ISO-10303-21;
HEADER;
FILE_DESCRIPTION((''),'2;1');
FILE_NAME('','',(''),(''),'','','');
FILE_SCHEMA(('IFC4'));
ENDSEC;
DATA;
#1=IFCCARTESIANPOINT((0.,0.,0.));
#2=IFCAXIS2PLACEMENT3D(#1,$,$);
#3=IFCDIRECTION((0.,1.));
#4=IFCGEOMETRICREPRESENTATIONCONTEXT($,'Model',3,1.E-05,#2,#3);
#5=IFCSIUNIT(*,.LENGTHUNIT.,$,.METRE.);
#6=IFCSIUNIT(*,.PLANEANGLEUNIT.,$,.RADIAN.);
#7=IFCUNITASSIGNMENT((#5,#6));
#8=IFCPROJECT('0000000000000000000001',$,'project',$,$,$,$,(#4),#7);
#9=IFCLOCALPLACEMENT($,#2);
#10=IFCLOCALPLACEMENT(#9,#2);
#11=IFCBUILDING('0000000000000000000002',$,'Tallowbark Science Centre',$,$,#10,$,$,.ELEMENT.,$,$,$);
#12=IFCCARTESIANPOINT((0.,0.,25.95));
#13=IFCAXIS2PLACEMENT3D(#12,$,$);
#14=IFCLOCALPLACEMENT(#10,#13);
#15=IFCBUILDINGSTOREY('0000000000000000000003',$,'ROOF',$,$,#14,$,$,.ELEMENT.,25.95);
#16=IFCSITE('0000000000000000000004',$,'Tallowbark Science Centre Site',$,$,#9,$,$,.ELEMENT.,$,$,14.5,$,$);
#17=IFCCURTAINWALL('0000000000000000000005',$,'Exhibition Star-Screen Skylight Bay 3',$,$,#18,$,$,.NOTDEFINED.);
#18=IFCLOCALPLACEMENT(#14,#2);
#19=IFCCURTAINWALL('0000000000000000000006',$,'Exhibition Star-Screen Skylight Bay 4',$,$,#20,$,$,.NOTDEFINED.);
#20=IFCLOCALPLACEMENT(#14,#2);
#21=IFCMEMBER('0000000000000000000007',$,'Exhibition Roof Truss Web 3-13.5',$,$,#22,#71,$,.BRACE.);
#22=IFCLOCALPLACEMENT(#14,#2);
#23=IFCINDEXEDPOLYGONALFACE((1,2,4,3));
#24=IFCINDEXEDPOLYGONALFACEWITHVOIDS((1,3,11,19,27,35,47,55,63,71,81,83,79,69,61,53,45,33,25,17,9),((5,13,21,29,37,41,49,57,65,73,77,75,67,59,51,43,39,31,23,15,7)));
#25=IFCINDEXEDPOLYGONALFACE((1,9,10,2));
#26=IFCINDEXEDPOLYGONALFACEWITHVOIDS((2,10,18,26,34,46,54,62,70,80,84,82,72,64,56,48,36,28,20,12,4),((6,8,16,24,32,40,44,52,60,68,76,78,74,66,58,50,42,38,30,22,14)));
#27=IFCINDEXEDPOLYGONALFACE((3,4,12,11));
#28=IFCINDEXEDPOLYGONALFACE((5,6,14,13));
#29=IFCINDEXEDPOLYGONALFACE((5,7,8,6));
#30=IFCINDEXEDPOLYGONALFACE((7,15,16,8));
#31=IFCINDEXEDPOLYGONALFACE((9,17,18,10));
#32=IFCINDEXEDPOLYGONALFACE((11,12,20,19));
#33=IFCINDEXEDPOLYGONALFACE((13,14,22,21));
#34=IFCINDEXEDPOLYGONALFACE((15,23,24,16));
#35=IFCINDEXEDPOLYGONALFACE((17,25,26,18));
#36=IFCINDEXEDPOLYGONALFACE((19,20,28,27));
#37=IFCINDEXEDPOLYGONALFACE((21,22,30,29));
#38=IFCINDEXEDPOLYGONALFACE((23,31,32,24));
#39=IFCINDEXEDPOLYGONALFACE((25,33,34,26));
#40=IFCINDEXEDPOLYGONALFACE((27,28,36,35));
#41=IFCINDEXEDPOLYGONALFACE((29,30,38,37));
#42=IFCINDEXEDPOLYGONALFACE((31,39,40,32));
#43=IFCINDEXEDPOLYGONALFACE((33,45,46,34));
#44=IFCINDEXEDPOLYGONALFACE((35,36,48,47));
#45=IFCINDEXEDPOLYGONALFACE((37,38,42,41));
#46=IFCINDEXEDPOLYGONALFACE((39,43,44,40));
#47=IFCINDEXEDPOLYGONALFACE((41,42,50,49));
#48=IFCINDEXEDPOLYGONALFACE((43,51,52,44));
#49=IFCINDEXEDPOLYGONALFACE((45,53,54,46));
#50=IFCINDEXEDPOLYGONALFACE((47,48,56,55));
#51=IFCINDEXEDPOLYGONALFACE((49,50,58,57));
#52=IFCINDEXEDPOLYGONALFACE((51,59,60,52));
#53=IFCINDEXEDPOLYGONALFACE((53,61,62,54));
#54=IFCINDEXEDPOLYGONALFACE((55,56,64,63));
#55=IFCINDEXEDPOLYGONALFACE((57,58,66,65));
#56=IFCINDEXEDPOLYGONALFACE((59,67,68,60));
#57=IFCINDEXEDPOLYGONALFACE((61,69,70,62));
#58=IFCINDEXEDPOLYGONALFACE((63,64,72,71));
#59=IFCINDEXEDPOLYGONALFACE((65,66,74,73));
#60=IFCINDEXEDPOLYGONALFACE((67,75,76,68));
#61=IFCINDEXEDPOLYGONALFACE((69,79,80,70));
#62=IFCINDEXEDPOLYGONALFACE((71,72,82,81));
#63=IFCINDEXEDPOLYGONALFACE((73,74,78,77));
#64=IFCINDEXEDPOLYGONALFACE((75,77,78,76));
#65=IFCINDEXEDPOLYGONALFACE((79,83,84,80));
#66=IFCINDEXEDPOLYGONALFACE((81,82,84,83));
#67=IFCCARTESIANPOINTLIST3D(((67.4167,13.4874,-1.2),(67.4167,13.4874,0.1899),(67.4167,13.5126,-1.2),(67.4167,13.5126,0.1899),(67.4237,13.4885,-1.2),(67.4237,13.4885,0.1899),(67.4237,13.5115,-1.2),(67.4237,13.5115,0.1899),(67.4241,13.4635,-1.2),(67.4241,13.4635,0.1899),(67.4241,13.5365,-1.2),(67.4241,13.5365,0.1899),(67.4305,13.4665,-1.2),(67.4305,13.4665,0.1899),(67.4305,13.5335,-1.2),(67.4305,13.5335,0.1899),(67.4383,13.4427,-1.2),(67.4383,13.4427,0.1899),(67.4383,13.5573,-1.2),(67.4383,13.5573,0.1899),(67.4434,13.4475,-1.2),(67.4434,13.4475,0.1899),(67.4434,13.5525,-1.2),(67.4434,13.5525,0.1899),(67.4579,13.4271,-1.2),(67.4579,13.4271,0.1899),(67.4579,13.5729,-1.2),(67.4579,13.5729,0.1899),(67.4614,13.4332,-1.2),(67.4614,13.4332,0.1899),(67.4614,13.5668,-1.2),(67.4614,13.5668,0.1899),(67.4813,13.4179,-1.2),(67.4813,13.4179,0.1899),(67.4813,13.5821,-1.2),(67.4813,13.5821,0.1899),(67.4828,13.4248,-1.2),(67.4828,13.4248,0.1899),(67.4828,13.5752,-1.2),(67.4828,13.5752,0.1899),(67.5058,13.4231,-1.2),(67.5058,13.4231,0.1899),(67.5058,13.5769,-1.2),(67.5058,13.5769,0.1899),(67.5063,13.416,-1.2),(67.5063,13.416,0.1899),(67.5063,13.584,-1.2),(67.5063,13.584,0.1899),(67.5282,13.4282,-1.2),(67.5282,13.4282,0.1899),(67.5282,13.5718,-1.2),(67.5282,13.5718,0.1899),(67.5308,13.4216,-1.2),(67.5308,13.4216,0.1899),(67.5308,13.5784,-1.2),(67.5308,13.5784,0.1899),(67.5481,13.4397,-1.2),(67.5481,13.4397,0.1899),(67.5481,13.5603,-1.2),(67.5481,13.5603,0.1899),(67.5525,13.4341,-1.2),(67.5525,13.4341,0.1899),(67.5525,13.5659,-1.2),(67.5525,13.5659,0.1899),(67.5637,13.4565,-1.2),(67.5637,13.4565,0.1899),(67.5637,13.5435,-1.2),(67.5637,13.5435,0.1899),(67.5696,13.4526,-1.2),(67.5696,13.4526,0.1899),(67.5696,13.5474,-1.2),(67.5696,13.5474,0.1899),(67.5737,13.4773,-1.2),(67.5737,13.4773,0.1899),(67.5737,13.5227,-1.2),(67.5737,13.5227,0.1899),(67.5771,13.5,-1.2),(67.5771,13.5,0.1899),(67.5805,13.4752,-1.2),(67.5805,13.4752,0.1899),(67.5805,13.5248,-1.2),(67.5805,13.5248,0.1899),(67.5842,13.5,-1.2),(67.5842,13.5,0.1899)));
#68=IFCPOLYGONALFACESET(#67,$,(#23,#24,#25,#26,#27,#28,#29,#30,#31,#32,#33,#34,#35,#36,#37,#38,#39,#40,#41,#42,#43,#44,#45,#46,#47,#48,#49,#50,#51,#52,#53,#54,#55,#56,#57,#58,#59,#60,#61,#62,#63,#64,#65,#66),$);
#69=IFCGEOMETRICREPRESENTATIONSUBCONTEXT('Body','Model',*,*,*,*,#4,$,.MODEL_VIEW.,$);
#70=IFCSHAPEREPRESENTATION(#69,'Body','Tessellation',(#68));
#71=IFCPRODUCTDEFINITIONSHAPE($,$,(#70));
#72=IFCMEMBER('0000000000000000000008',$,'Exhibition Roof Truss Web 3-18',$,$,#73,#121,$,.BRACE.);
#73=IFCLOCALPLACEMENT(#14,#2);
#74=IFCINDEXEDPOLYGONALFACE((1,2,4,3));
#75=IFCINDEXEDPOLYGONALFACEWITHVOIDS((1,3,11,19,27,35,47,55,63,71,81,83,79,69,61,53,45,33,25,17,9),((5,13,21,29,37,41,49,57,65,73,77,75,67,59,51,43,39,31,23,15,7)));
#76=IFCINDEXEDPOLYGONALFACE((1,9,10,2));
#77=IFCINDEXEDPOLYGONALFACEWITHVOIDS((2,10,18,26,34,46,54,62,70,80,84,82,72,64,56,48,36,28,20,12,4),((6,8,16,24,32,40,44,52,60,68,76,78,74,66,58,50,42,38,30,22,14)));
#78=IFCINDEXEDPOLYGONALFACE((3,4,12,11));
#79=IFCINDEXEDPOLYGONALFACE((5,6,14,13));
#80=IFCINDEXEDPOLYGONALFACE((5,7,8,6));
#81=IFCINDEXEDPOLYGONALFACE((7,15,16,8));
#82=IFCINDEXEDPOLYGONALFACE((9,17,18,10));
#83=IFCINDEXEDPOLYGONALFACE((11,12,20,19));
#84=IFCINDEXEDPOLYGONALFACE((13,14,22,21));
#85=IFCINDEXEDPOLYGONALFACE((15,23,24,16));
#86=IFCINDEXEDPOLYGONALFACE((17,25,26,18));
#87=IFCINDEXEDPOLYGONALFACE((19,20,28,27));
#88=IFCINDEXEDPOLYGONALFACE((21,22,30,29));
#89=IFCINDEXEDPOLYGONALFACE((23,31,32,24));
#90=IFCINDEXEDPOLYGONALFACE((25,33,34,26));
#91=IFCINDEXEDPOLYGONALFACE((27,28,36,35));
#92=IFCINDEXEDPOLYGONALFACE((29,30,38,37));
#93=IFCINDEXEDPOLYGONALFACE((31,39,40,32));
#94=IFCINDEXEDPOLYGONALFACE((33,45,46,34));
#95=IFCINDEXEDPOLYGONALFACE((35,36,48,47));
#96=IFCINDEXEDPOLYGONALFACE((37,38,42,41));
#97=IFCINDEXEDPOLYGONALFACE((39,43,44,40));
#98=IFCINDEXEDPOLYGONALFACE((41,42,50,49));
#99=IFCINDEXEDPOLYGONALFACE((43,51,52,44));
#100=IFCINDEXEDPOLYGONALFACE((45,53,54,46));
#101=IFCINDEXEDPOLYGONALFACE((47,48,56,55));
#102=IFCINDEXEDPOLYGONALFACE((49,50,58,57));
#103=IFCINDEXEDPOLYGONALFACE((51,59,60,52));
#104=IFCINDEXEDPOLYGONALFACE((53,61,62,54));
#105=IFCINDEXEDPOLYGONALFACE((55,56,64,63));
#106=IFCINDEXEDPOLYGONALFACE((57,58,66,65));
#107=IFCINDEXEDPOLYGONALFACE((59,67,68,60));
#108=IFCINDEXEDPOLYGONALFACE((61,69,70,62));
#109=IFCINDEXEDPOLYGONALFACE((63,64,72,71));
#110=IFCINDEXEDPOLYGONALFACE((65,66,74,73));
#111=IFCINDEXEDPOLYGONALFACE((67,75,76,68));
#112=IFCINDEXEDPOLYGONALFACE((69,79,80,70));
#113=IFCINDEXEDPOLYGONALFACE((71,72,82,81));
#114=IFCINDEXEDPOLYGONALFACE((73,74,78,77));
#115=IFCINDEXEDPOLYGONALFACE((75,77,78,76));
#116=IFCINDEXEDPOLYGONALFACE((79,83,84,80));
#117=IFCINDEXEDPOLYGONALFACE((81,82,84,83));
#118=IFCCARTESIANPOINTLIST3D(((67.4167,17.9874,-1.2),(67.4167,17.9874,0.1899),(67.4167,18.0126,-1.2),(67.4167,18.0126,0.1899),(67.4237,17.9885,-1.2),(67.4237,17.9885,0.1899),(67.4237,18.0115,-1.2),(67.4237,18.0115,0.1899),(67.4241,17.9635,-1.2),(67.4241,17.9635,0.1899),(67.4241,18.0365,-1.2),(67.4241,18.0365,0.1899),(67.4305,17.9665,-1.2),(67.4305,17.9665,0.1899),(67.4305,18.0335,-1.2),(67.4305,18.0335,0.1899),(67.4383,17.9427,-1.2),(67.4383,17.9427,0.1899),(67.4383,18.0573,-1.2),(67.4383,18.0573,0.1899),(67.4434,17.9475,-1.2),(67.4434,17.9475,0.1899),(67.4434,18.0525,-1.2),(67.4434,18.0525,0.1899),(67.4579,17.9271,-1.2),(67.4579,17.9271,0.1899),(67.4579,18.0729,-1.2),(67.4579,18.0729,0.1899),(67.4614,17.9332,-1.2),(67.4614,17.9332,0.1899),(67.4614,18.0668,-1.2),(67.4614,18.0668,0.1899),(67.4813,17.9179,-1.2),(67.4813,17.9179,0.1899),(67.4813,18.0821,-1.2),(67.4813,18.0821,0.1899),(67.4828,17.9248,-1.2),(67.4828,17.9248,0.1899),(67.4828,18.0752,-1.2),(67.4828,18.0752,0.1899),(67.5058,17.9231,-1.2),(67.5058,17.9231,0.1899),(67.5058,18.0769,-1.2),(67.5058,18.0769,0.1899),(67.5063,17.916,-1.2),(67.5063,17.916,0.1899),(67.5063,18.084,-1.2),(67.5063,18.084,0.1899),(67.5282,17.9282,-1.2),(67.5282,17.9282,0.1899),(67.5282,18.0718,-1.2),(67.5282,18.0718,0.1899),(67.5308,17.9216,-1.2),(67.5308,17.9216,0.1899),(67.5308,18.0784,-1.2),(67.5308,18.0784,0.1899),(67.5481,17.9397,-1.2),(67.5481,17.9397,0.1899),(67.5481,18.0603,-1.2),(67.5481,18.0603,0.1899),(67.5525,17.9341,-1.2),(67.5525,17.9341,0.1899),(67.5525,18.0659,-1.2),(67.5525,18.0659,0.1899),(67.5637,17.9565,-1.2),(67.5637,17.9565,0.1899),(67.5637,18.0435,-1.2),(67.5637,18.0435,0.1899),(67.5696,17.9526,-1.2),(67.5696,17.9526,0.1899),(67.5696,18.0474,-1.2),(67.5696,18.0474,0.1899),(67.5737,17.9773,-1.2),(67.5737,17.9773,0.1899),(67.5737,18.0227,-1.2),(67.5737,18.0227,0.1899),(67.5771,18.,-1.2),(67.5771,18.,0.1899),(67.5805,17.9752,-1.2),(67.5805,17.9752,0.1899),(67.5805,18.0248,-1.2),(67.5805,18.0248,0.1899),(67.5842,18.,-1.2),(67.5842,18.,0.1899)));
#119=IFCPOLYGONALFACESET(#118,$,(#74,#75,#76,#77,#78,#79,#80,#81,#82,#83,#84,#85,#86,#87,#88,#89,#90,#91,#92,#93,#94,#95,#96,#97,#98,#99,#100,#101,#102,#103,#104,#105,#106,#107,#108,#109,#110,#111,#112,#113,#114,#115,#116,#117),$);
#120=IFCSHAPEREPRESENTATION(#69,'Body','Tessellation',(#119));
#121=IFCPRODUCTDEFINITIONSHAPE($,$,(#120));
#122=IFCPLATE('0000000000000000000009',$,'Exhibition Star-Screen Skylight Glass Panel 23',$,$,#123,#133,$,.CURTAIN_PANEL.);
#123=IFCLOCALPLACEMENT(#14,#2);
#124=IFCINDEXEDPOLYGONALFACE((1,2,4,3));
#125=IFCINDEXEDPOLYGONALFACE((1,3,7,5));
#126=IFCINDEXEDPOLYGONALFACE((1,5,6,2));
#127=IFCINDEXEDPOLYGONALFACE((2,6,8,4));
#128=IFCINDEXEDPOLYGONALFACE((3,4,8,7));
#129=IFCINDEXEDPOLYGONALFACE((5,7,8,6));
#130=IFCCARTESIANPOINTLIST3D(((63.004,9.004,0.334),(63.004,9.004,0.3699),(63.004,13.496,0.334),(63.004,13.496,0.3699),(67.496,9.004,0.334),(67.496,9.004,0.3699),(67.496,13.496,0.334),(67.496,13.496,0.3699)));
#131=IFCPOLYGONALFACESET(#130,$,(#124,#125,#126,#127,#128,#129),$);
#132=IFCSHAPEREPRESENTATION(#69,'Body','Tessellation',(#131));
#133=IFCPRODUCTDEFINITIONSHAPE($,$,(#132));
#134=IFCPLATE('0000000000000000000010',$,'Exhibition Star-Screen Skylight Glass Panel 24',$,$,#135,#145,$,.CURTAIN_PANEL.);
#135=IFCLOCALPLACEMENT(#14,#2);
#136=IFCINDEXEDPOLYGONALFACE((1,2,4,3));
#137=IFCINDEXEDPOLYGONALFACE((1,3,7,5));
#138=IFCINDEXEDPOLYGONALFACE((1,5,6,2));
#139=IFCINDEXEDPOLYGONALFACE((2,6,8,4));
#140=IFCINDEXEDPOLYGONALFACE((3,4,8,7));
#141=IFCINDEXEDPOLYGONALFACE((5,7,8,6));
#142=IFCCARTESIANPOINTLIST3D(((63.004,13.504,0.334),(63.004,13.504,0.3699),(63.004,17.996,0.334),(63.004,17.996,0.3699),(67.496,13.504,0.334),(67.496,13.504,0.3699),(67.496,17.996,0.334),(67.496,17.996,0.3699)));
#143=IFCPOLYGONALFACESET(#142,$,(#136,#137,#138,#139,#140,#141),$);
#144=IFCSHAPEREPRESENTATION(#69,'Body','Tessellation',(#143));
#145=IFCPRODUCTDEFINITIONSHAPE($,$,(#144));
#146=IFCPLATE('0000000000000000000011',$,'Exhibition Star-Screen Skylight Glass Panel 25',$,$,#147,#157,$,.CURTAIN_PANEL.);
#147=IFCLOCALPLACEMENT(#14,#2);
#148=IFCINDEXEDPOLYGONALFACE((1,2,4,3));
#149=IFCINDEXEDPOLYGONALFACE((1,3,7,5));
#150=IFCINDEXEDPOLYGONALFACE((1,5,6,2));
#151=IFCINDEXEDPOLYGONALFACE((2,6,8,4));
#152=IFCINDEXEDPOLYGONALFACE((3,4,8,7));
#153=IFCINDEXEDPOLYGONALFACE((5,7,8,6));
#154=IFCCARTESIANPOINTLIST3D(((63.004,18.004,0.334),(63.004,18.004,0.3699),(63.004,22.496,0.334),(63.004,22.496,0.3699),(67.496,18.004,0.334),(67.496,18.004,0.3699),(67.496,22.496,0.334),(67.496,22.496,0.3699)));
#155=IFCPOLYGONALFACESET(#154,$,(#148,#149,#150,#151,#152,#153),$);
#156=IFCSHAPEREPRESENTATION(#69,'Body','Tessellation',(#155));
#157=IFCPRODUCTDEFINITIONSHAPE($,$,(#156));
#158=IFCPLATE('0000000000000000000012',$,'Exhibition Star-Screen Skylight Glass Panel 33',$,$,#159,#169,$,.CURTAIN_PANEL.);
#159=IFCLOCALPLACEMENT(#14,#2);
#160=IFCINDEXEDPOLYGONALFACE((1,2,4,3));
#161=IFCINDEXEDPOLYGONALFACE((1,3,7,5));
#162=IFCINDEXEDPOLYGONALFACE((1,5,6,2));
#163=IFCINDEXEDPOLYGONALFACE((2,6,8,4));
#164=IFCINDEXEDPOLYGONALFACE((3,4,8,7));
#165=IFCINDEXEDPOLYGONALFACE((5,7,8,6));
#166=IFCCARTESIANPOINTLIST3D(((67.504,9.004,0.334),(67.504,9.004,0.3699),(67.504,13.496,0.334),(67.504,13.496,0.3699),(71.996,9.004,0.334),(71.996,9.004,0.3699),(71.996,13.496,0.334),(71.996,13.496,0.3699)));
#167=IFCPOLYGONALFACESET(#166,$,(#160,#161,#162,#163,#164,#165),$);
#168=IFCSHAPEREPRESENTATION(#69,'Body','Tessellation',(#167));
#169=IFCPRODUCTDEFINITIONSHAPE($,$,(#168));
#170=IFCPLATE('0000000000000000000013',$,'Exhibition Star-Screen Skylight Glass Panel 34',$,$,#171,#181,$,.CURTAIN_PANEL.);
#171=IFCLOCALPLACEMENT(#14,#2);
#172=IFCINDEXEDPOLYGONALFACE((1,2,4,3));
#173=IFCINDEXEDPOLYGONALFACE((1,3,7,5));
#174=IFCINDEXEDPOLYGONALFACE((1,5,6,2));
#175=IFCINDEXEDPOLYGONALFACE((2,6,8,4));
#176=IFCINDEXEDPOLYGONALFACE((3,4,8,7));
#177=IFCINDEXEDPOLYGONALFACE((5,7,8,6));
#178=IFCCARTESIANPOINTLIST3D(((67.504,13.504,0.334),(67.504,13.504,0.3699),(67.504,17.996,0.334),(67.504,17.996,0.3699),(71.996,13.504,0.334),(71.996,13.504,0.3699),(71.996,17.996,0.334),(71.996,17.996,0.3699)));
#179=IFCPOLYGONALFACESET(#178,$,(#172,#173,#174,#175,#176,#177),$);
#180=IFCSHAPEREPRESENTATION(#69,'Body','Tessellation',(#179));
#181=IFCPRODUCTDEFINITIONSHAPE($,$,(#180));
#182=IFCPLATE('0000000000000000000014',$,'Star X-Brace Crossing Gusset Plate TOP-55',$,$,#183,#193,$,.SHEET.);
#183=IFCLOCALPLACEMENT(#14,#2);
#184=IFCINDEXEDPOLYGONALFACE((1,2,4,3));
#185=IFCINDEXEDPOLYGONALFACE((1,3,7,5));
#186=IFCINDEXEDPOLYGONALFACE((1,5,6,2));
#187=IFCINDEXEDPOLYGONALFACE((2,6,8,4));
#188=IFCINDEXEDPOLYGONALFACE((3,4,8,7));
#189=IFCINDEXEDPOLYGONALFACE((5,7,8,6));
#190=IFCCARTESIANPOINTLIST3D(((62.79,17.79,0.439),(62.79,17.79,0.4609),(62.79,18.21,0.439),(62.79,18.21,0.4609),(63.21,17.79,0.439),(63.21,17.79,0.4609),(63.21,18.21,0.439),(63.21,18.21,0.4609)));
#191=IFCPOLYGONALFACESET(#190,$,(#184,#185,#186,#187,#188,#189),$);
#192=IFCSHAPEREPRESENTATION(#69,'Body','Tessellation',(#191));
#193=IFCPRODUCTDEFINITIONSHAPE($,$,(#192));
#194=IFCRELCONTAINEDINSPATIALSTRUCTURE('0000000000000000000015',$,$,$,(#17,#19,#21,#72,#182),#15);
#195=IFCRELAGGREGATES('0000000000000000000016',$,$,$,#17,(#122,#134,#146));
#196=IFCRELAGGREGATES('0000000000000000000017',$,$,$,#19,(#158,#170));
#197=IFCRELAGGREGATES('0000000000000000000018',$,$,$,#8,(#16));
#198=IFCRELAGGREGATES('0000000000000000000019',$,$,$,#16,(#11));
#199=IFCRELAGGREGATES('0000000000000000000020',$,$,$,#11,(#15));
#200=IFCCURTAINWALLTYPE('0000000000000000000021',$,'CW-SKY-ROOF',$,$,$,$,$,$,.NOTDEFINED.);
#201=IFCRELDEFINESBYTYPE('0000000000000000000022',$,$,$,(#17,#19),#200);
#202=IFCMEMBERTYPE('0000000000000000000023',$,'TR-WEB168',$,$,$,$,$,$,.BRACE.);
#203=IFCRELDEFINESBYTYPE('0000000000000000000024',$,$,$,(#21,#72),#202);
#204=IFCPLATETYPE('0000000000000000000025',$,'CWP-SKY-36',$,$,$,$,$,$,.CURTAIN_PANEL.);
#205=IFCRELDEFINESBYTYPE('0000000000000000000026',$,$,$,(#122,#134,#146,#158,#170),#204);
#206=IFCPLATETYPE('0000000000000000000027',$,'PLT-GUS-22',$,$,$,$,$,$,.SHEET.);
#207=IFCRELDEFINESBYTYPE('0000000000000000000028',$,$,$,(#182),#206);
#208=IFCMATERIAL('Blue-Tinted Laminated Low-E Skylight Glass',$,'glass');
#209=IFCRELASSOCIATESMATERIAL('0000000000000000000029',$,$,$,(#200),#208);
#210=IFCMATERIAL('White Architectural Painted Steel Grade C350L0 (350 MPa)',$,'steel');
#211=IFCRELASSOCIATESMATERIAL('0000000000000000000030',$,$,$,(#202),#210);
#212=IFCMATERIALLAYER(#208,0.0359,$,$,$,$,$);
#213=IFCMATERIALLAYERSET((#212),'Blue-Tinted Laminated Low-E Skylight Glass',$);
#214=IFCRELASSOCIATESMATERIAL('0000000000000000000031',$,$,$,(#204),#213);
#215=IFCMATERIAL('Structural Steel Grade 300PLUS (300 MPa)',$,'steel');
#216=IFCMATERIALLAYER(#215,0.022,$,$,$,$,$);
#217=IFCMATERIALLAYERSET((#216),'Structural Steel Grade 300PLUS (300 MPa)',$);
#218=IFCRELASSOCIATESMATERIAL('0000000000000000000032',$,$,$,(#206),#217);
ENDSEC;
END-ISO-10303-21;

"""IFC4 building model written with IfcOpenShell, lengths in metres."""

from ifc_helpers import new_model, si_unit, direction, frame, origin, origin_2d, place, context, subcontext, project, spatial, rectangle, hollow_circle, extrude, material, layer, layer_set, material_profile, profile_set, type_object, element, aggregate, save


model = new_model("IFC4")

# Units and contexts
model_context = context("Model", 3, precision=1e-05, world=origin(), true_north=direction((0.0, 1.0)))
body_context = subcontext(model_context, "Body", "Model", "MODEL_VIEW")
ifc_project = project(units=[si_unit("LENGTHUNIT", "METRE"), si_unit("PLANEANGLEUNIT", "RADIAN")], contexts=[model_context])

# Site, building, storey
site_placement = place(None, origin())
site = spatial("IfcSite", under=ifc_project, at=site_placement, Name="Tallowbark Science Centre Site", CompositionType="ELEMENT", RefElevation=14.5)
building_placement = place(site_placement, origin())
building = spatial("IfcBuilding", under=site, at=building_placement, Name="Tallowbark Science Centre", CompositionType="ELEMENT")
storey_placement = place(building_placement, frame((0.0, 0.0, 25.95)))
storey = spatial("IfcBuildingStorey", under=building, at=storey_placement, Name="ROOF", CompositionType="ELEMENT", Elevation=25.95)

# Curtain walls
ifc_material_1 = material(Name="Blue-Tinted Laminated Low-E Skylight Glass", Category="glass")
curtain_wall_type = type_object("IfcCurtainWallType", Name="CW-SKY-ROOF", PredefinedType="NOTDEFINED", material=ifc_material_1)
curtain_wall_1_placement = place(storey_placement, origin())
curtain_wall_1 = element("IfcCurtainWall", 1, at=curtain_wall_1_placement, inside=storey, type_object=curtain_wall_type, Name="Exhibition Star-Screen Skylight Bay 3", PredefinedType="NOTDEFINED")
curtain_wall_2_placement = place(storey_placement, origin())
curtain_wall_2 = element("IfcCurtainWall", 2, at=curtain_wall_2_placement, inside=storey, type_object=curtain_wall_type, Name="Exhibition Star-Screen Skylight Bay 4", PredefinedType="NOTDEFINED")

# Members
ifc_material_2 = material(Name="White Architectural Painted Steel Grade C350L0 (350 MPa)", Category="steel")
ifc_material_profile_1 = material_profile(ifc_material_2, hollow_circle(Radius=0.0842, WallThickness=0.0071, at=origin_2d()), Name="168.3x7.1CHS")
ifc_profile_set_1 = profile_set([ifc_material_profile_1], Name="White Architectural Painted Steel Grade C350L0 (350 MPa)")
member_type_1 = type_object("IfcMemberType", Name="TR-WEB168", PredefinedType="BRACE", material=ifc_profile_set_1)
for number, where, z_axis, x_axis, name in (
    (3, (67.5, 13.5, -1.2), (0.0, 0.0, 1.0), (1.0, 0.0, 0.0), "Exhibition Roof Truss Web 3-13.5"),
    (4, (67.5, 18.0, -1.2), (0.0, 0.0, 1.0), (1.0, 0.0, 0.0), "Exhibition Roof Truss Web 3-18"),
):
    element("IfcMember", number, at=place(storey_placement, frame(where, z_axis=z_axis, x_axis=x_axis)), inside=storey, type_object=member_type_1, Name=name, PredefinedType="BRACE", context=body_context, shape_type="SweptSolid", body=[
        extrude(hollow_circle(Radius=0.0842, WallThickness=0.0071, at=origin_2d()), origin(), (0.0, 0.0, 1.0), 1.3899),
    ])

# Plates
ifc_layer_1 = layer(ifc_material_1, 0.0359)
ifc_layer_set_1 = layer_set([ifc_layer_1], Name="Blue-Tinted Laminated Low-E Skylight Glass")
plate_type_1 = type_object("IfcPlateType", Name="CWP-SKY-36", PredefinedType="CURTAIN_PANEL", material=ifc_layer_set_1)
plate_1_placement = place(storey_placement, frame((65.25, 11.25, 0.334), z_axis=(0.0, 0.0, 1.0), x_axis=(1.0, 0.0, 0.0)))
plate_1 = element("IfcPlate", 5, at=plate_1_placement, type_object=plate_type_1, Name="Exhibition Star-Screen Skylight Glass Panel 23", PredefinedType="CURTAIN_PANEL", context=body_context, shape_type="SweptSolid", body=[
    extrude(rectangle(XDim=4.4919, YDim=4.4919, at=origin_2d()), origin(), (0.0, 0.0, 1.0), 0.0359),
])
plate_2_placement = place(storey_placement, frame((65.25, 15.75, 0.334), z_axis=(0.0, 0.0, 1.0), x_axis=(1.0, 0.0, 0.0)))
plate_2 = element("IfcPlate", 6, at=plate_2_placement, type_object=plate_type_1, Name="Exhibition Star-Screen Skylight Glass Panel 24", PredefinedType="CURTAIN_PANEL", context=body_context, shape_type="SweptSolid", body=[
    extrude(rectangle(XDim=4.4919, YDim=4.4919, at=origin_2d()), origin(), (0.0, 0.0, 1.0), 0.0359),
])
plate_3_placement = place(storey_placement, frame((65.25, 20.25, 0.334), z_axis=(0.0, 0.0, 1.0), x_axis=(1.0, 0.0, 0.0)))
plate_3 = element("IfcPlate", 7, at=plate_3_placement, type_object=plate_type_1, Name="Exhibition Star-Screen Skylight Glass Panel 25", PredefinedType="CURTAIN_PANEL", context=body_context, shape_type="SweptSolid", body=[
    extrude(rectangle(XDim=4.4919, YDim=4.4919, at=origin_2d()), origin(), (0.0, 0.0, 1.0), 0.0359),
])
aggregate(curtain_wall_1, [plate_1, plate_2, plate_3])
plate_4_placement = place(storey_placement, frame((69.75, 11.25, 0.334), z_axis=(0.0, 0.0, 1.0), x_axis=(1.0, 0.0, 0.0)))
plate_4 = element("IfcPlate", 8, at=plate_4_placement, type_object=plate_type_1, Name="Exhibition Star-Screen Skylight Glass Panel 33", PredefinedType="CURTAIN_PANEL", context=body_context, shape_type="SweptSolid", body=[
    extrude(rectangle(XDim=4.4919, YDim=4.4919, at=origin_2d()), origin(), (0.0, 0.0, 1.0), 0.0359),
])
plate_5_placement = place(storey_placement, frame((69.75, 15.75, 0.334), z_axis=(0.0, 0.0, 1.0), x_axis=(1.0, 0.0, 0.0)))
plate_5 = element("IfcPlate", 9, at=plate_5_placement, type_object=plate_type_1, Name="Exhibition Star-Screen Skylight Glass Panel 34", PredefinedType="CURTAIN_PANEL", context=body_context, shape_type="SweptSolid", body=[
    extrude(rectangle(XDim=4.4919, YDim=4.4919, at=origin_2d()), origin(), (0.0, 0.0, 1.0), 0.0359),
])
aggregate(curtain_wall_2, [plate_4, plate_5])

# Plate
ifc_material_3 = material(Name="Structural Steel Grade 300PLUS (300 MPa)", Category="steel")
ifc_layer_2 = layer(ifc_material_3, 0.022)
ifc_layer_set_2 = layer_set([ifc_layer_2], Name="Structural Steel Grade 300PLUS (300 MPa)")
plate_type_2 = type_object("IfcPlateType", Name="PLT-GUS-22", PredefinedType="SHEET", material=ifc_layer_set_2)
plate_6_placement = place(storey_placement, frame((63.0, 18.0, 0.439), z_axis=(0.0, 0.0, 1.0), x_axis=(1.0, 0.0, 0.0)))
element("IfcPlate", 10, at=plate_6_placement, inside=storey, type_object=plate_type_2, Name="Star X-Brace Crossing Gusset Plate TOP-55", PredefinedType="SHEET", context=body_context, shape_type="SweptSolid", body=[
    extrude(rectangle(XDim=0.4199, YDim=0.4199, at=origin_2d()), origin(), (0.0, 0.0, 1.0), 0.022),
])

save(model, "model.ifc")
